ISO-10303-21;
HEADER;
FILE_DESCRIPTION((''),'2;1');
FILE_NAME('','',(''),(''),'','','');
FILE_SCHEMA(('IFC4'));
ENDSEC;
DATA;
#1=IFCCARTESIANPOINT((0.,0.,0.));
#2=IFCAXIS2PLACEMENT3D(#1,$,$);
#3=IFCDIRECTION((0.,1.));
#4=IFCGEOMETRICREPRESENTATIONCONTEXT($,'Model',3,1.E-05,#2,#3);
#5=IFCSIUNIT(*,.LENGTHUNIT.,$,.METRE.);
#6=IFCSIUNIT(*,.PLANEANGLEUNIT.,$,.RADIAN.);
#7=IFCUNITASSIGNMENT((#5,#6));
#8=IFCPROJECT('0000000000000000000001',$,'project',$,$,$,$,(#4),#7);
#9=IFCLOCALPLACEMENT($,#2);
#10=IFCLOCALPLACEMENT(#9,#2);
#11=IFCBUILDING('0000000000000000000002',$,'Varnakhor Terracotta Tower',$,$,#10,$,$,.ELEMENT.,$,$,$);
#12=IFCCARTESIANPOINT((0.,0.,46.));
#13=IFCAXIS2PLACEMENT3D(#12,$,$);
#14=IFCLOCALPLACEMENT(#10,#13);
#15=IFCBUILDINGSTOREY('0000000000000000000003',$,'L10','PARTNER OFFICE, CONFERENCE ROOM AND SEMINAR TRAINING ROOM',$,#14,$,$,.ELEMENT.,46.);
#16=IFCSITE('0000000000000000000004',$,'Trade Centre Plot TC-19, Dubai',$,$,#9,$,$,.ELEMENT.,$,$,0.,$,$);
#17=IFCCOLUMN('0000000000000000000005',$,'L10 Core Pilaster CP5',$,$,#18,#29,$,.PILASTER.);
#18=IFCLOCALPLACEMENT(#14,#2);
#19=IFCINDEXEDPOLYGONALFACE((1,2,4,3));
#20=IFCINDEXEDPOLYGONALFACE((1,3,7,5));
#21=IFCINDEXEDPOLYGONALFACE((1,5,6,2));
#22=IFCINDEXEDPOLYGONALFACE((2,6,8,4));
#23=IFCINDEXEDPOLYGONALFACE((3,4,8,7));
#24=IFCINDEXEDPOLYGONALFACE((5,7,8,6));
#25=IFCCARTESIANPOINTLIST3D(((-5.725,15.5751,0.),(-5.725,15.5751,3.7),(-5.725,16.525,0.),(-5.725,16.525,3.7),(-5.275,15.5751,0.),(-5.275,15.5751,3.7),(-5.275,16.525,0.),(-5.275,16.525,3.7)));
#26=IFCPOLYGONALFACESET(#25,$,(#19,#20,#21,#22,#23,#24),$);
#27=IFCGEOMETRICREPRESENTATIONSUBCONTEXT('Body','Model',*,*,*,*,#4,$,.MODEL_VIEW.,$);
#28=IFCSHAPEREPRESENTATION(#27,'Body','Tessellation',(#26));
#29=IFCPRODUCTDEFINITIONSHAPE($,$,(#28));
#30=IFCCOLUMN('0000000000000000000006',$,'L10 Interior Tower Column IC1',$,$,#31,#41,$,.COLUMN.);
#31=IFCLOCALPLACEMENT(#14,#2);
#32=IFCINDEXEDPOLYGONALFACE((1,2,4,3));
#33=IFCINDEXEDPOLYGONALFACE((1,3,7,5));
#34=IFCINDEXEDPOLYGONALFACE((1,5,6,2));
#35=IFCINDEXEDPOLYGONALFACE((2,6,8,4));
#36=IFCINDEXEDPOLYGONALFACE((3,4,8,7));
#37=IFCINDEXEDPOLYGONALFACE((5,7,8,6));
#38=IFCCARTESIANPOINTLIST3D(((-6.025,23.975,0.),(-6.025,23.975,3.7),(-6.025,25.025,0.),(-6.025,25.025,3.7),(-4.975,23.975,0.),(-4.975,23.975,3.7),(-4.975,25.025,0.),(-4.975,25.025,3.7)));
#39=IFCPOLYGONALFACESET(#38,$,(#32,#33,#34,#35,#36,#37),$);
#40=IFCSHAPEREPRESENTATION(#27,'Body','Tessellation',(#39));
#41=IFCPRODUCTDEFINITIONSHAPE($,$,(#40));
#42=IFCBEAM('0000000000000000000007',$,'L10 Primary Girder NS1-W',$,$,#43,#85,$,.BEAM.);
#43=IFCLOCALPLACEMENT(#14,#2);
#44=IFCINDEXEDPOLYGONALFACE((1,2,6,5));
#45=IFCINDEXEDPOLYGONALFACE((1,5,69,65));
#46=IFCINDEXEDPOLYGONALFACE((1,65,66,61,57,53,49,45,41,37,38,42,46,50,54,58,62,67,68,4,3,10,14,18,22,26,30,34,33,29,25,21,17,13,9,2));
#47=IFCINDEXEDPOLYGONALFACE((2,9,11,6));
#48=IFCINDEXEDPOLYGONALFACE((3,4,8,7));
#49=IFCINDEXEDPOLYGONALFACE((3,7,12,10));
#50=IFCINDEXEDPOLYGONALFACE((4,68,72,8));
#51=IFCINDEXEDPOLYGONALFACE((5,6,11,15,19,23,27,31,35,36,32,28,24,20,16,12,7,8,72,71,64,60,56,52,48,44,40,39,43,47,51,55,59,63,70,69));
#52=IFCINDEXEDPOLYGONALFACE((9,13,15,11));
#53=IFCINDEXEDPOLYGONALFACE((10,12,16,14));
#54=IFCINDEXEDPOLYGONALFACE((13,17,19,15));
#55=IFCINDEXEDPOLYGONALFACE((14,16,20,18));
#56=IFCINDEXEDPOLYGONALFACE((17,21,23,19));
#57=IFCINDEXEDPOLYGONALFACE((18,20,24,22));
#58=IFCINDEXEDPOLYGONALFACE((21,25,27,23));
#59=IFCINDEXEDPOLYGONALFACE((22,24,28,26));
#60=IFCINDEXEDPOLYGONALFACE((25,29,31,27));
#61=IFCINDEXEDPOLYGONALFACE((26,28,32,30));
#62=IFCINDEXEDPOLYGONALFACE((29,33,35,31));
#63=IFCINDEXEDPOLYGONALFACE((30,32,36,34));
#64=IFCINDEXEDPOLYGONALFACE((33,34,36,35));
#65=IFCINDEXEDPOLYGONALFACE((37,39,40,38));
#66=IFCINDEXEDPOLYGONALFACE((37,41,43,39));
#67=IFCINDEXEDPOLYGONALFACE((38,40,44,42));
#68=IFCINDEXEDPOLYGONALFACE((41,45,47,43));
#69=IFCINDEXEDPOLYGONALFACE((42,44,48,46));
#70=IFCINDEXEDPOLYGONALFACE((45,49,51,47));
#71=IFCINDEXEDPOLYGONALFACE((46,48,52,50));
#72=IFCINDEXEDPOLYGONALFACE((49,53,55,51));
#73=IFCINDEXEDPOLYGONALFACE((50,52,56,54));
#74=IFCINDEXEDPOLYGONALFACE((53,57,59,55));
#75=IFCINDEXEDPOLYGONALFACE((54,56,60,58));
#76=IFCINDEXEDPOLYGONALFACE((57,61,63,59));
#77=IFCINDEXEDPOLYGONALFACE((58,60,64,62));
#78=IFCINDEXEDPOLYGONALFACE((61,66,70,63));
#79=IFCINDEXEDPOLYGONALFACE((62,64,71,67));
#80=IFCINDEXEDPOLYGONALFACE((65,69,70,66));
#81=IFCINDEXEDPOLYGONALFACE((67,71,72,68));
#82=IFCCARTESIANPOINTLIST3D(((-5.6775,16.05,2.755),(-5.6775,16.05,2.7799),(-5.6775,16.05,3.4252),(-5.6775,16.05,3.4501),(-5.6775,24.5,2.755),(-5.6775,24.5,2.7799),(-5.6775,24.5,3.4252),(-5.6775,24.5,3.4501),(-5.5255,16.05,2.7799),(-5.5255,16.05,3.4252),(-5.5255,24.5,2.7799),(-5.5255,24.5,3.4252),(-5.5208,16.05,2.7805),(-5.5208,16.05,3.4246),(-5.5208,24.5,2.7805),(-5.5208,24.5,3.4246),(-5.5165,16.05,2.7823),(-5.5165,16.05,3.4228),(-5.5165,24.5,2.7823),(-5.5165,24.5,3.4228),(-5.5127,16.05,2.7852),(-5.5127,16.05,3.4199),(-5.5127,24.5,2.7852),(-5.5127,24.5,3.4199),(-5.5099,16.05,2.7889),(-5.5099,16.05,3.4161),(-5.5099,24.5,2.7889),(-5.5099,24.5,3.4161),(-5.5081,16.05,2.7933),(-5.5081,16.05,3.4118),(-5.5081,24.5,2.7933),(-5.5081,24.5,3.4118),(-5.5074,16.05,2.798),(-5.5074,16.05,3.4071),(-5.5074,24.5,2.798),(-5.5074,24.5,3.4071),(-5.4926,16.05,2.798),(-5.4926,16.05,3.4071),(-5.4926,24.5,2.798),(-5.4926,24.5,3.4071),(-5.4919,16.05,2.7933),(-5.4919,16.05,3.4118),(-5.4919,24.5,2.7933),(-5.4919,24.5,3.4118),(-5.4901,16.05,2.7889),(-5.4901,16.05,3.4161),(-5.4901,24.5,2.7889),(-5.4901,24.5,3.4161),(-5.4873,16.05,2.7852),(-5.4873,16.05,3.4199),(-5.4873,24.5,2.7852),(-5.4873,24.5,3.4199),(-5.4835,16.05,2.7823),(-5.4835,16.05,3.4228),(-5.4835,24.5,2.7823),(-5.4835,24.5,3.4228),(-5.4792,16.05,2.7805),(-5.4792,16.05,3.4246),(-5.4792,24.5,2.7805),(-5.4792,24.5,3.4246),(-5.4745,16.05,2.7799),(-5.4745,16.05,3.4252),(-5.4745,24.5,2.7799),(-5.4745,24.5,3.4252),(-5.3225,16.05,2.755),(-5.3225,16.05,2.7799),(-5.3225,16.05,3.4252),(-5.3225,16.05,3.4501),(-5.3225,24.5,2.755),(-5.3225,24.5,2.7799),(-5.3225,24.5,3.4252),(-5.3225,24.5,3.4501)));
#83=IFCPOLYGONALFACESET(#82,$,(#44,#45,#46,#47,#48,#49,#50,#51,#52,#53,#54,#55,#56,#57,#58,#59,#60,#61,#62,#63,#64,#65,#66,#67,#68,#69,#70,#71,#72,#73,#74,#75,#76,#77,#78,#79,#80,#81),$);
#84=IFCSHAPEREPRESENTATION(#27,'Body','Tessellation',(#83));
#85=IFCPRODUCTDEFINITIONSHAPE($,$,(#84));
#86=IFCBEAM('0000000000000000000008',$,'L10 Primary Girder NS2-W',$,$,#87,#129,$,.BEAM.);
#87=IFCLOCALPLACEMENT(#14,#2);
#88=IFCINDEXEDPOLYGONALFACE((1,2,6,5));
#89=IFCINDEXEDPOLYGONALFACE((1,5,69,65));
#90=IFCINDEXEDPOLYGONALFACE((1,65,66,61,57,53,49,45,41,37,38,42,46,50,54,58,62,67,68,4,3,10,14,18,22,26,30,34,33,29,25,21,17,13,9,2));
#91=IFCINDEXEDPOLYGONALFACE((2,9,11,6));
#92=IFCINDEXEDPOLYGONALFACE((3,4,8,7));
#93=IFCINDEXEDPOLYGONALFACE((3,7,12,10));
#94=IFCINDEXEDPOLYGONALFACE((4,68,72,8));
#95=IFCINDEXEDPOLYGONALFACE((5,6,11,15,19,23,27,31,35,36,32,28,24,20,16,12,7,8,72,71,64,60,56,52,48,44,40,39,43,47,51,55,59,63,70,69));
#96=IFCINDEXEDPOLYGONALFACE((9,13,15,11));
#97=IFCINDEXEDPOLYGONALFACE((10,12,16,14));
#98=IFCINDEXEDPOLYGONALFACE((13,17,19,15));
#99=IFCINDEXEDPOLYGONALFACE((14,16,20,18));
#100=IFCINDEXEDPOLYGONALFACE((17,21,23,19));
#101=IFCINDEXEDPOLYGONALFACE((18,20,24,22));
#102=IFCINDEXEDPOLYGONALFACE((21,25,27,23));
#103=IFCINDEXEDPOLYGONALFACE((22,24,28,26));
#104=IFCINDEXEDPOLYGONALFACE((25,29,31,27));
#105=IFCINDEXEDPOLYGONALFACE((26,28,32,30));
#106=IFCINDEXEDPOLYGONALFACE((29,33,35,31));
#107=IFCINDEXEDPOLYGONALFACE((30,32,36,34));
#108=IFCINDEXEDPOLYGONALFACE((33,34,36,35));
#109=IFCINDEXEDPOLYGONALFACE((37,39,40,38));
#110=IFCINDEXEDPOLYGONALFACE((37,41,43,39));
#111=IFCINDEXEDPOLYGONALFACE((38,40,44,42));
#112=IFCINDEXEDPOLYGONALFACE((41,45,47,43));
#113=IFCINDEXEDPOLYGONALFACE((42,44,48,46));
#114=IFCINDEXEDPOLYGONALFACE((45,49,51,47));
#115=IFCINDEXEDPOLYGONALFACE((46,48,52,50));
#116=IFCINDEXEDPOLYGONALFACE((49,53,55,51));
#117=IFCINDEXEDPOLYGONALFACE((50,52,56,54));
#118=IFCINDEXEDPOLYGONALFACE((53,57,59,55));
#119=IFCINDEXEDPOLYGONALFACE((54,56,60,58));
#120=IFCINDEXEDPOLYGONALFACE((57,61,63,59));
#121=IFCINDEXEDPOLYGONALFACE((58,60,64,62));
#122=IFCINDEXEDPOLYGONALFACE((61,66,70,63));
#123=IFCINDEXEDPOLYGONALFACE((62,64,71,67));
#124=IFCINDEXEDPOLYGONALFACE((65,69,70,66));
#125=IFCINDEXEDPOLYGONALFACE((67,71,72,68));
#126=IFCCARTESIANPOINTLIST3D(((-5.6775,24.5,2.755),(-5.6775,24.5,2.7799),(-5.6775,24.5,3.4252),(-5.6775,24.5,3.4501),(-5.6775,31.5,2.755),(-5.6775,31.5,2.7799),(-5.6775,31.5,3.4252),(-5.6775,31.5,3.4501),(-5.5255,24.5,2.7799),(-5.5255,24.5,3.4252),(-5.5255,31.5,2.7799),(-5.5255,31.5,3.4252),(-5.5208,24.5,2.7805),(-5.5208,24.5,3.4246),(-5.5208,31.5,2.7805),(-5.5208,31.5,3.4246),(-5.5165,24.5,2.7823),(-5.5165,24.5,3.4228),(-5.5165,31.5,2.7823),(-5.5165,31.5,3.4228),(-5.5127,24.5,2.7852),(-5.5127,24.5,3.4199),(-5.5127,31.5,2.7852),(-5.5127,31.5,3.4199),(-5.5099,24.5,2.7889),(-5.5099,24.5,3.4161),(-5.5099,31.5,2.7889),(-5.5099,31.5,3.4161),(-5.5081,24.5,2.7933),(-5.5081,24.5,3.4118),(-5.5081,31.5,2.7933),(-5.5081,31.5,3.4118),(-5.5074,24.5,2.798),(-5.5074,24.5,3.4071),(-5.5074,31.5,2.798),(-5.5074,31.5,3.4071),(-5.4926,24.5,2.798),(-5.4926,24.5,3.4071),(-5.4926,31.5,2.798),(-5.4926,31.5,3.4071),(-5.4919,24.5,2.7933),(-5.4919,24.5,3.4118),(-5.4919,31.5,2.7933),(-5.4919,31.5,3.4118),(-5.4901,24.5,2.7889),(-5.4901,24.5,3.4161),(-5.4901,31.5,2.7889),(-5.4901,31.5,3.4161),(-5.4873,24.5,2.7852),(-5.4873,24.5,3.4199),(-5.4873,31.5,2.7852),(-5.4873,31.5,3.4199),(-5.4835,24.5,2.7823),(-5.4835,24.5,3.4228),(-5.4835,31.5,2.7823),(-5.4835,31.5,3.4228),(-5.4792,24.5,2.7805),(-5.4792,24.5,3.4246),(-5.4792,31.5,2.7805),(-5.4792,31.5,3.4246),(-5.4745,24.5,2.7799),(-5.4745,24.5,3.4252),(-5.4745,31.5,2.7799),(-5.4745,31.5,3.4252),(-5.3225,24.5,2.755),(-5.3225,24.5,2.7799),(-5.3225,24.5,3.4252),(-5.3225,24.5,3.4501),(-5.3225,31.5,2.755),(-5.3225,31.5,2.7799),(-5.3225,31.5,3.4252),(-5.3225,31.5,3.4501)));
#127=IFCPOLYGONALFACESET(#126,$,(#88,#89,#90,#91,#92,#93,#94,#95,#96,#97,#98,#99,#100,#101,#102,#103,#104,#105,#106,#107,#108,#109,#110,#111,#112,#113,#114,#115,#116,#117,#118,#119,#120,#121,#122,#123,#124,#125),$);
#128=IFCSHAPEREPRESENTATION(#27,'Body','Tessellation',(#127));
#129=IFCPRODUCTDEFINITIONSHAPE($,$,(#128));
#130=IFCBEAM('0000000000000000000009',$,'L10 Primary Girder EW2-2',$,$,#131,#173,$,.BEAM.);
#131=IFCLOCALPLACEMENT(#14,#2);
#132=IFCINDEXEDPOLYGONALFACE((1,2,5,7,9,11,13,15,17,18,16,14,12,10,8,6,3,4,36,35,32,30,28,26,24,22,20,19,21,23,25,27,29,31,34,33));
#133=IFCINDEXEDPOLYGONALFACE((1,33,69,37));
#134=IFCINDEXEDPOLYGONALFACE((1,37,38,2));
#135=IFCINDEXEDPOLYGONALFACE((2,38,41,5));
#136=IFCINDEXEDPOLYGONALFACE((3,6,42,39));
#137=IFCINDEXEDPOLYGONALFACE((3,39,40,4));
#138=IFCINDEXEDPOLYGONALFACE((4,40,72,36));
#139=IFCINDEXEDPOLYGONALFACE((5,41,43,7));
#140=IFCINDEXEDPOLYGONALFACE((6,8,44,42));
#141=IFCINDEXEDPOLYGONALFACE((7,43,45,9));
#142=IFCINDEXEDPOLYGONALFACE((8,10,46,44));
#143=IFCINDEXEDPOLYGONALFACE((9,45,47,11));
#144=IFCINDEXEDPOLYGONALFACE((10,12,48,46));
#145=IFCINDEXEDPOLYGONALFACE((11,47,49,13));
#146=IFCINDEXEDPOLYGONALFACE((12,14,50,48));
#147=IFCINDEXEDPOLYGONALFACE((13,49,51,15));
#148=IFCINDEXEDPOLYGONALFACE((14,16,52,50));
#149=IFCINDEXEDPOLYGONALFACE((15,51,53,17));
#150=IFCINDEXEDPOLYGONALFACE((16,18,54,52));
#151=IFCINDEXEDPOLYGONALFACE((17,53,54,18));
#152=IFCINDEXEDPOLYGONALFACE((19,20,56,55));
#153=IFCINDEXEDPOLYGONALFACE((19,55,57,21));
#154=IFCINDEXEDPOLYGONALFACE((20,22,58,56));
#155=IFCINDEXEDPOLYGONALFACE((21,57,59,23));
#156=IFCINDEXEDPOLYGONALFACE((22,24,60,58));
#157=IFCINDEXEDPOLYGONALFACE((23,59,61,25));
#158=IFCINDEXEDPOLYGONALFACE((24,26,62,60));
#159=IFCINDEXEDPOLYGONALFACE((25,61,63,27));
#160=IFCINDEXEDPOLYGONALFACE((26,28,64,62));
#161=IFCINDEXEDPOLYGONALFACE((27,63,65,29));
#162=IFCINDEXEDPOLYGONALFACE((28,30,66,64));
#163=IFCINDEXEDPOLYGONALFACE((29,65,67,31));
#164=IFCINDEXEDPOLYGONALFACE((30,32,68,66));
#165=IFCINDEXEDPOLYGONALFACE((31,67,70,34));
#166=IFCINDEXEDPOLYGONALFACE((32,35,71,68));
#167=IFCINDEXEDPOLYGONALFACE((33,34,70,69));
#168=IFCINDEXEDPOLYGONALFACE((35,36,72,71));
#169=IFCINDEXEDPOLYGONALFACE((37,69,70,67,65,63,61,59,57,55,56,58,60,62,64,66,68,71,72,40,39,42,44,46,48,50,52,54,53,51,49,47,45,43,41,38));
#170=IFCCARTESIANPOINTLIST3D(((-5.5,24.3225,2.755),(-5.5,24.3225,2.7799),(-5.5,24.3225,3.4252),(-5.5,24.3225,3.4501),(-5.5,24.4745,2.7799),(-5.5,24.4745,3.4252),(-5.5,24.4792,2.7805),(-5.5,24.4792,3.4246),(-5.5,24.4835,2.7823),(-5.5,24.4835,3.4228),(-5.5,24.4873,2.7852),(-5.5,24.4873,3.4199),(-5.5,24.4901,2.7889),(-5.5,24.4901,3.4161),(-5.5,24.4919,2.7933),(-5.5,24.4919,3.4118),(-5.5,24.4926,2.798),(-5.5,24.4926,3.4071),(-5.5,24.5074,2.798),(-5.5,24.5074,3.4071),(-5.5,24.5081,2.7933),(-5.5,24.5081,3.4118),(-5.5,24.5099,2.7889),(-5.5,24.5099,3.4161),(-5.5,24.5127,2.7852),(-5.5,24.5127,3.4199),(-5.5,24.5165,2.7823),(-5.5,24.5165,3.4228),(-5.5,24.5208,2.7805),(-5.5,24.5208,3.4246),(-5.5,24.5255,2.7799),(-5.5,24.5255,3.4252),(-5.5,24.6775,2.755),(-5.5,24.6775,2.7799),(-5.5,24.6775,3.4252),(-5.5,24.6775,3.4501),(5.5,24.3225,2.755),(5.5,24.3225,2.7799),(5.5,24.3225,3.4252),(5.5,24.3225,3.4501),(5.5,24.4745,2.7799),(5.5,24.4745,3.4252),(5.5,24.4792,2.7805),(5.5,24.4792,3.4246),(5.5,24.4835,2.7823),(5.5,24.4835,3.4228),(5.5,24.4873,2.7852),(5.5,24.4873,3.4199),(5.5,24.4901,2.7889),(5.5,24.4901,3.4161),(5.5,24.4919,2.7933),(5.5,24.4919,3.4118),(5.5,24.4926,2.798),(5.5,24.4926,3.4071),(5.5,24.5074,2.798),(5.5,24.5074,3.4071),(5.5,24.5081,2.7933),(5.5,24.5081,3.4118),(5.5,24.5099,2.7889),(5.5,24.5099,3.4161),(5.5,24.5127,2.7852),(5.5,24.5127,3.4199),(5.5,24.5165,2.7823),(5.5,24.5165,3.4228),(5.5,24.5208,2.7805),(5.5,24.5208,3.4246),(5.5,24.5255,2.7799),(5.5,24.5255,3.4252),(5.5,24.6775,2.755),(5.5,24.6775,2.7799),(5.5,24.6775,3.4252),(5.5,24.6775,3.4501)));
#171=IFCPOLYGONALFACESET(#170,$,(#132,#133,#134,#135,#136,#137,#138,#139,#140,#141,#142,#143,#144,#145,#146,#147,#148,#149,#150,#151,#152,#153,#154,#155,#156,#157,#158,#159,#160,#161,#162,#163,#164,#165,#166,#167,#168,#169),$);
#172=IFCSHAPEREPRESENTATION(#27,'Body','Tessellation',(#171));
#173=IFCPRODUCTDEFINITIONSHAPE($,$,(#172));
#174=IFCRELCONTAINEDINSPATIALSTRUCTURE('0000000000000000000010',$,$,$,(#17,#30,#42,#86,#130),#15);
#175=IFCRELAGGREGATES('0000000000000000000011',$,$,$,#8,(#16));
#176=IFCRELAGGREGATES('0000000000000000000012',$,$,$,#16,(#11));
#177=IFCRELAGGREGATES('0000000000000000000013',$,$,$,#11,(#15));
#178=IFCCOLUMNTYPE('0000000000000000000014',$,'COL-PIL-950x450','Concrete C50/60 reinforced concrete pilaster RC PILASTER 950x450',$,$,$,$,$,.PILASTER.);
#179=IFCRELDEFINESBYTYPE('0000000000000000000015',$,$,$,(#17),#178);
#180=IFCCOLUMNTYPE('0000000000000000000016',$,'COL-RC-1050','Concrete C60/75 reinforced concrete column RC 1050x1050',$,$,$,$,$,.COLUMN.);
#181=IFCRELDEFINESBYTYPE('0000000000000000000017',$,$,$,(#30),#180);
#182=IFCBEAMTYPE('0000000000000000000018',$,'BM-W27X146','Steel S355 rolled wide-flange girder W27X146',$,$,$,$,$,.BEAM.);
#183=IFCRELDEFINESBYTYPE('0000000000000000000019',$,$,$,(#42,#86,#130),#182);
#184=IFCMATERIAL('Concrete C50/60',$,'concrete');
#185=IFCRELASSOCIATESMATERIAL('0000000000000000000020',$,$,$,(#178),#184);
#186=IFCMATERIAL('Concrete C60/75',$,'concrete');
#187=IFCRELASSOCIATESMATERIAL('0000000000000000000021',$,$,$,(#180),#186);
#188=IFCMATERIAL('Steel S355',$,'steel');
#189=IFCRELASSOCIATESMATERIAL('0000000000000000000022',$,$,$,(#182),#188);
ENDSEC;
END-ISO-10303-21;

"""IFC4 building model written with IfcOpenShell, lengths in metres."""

from ifc_helpers import new_model, si_unit, direction, frame, origin, origin_2d, place, context, subcontext, project, spatial, rectangle, i_section, extrude, source, transform, mapped, material, material_profile, profile_set, type_object, type_shapes, element, save


model = new_model("IFC4")

# Units and contexts
model_context = context("Model", 3, precision=1e-05, world=origin(), true_north=direction((0.0, 1.0)))
body_context = subcontext(model_context, "Body", "Model", "MODEL_VIEW")
ifc_project = project(units=[si_unit("LENGTHUNIT", "METRE"), si_unit("PLANEANGLEUNIT", "RADIAN")], contexts=[model_context])

# Site, building, storey
site_placement = place(None, origin())
site = spatial("IfcSite", under=ifc_project, at=site_placement, Name="Trade Centre Plot TC-19, Dubai", CompositionType="ELEMENT", RefElevation=0.0)
building_placement = place(site_placement, origin())
building = spatial("IfcBuilding", under=site, at=building_placement, Name="Varnakhor Terracotta Tower", CompositionType="ELEMENT")
storey_placement = place(building_placement, frame((0.0, 0.0, 46.0)))
storey = spatial("IfcBuildingStorey", under=building, at=storey_placement, Name="L10", Description="PARTNER OFFICE, CONFERENCE ROOM AND SEMINAR TRAINING ROOM", CompositionType="ELEMENT", Elevation=46.0)

# Columns
ifc_material_1 = material(Name="Concrete C50/60", Category="concrete")
ifc_material_profile_1 = material_profile(ifc_material_1, rectangle(XDim=0.45, YDim=0.95, at=origin_2d()), Name="RC PILASTER 950x450")
ifc_profile_set_1 = profile_set([ifc_material_profile_1], Name="Concrete C50/60")
column_type_1 = type_object("IfcColumnType", Name="COL-PIL-950x450", Description="Concrete C50/60 reinforced concrete pilaster RC PILASTER 950x450", PredefinedType="PILASTER", material=ifc_profile_set_1)
shared_shape_1 = source(origin(), body_context, "Body", "SweptSolid", [
    extrude(rectangle(XDim=0.45, YDim=0.95, at=origin_2d()), origin(), (0.0, 0.0, 1.0), 3.7),
])
column_1_placement = place(storey_placement, frame((-5.5, 16.05, 0.0), z_axis=(0.0, 0.0, 1.0), x_axis=(1.0, 0.0, 0.0)))
element("IfcColumn", 1, at=column_1_placement, inside=storey, type_object=column_type_1, Name="L10 Core Pilaster CP5", PredefinedType="PILASTER", context=body_context, shape_type="MappedRepresentation", body=[
    mapped(shared_shape_1, transform((0.0, 0.0, 0.0), scale=1.0)),
])
ifc_material_2 = material(Name="Concrete C60/75", Category="concrete")
ifc_material_profile_2 = material_profile(ifc_material_2, rectangle(XDim=1.05, YDim=1.05, at=origin_2d()), Name="RC 1050x1050")
ifc_profile_set_2 = profile_set([ifc_material_profile_2], Name="Concrete C60/75")
column_type_2 = type_object("IfcColumnType", Name="COL-RC-1050", Description="Concrete C60/75 reinforced concrete column RC 1050x1050", PredefinedType="COLUMN", material=ifc_profile_set_2)
shared_shape_2 = source(origin(), body_context, "Body", "SweptSolid", [
    extrude(rectangle(XDim=1.05, YDim=1.05, at=origin_2d()), origin(), (0.0, 0.0, 1.0), 3.7),
])
column_2_placement = place(storey_placement, frame((-5.5, 24.5, 0.0), z_axis=(0.0, 0.0, 1.0), x_axis=(1.0, 0.0, 0.0)))
element("IfcColumn", 2, at=column_2_placement, inside=storey, type_object=column_type_2, Name="L10 Interior Tower Column IC1", PredefinedType="COLUMN", context=body_context, shape_type="MappedRepresentation", body=[
    mapped(shared_shape_2, transform((0.0, 0.0, 0.0), scale=1.0)),
])

# Beams
ifc_material_3 = material(Name="Steel S355", Category="steel")
ifc_material_profile_3 = material_profile(ifc_material_3, i_section(OverallWidth=0.355, OverallDepth=0.6951, WebThickness=0.0149, FlangeThickness=0.0249, FilletRadius=0.0181, at=origin_2d()), Name="W27X146")
ifc_profile_set_3 = profile_set([ifc_material_profile_3], Name="Steel S355")
beam_type_1 = type_object("IfcBeamType", Name="BM-W27X146", Description="Steel S355 rolled wide-flange girder W27X146", PredefinedType="BEAM", material=ifc_profile_set_3)
shared_shape_3 = source(origin(), body_context, "Body", "SweptSolid", [
    extrude(i_section(OverallWidth=0.355, OverallDepth=0.6951, WebThickness=0.0149, FlangeThickness=0.0249, FilletRadius=0.0181, at=origin_2d()), origin(), (0.0, 0.0, 1.0), 8.45),
])
type_shapes(beam_type_1, [shared_shape_3])
beam_1_placement = place(storey_placement, frame((-5.5, 16.05, 3.1025), z_axis=(0.0, 1.0, 0.0), x_axis=(-1.0, 0.0, 0.0)))
element("IfcBeam", 3, at=beam_1_placement, inside=storey, type_object=beam_type_1, Name="L10 Primary Girder NS1-W", PredefinedType="BEAM", context=body_context, shape_type="MappedRepresentation", body=[
    mapped(shared_shape_3, transform((0.0, 0.0, 0.0), scale=1.0)),
])
shared_shape_4 = source(origin(), body_context, "Body", "SweptSolid", [
    extrude(i_section(OverallWidth=0.355, OverallDepth=0.6951, WebThickness=0.0149, FlangeThickness=0.0249, FilletRadius=0.0181, at=origin_2d()), origin(), (0.0, 0.0, 1.0), 7.0),
])
beam_2_placement = place(storey_placement, frame((-5.5, 24.5, 3.1025), z_axis=(0.0, 1.0, 0.0), x_axis=(-1.0, 0.0, 0.0)))
element("IfcBeam", 4, at=beam_2_placement, inside=storey, type_object=beam_type_1, Name="L10 Primary Girder NS2-W", PredefinedType="BEAM", context=body_context, shape_type="MappedRepresentation", body=[
    mapped(shared_shape_4, transform((0.0, 0.0, 0.0), scale=1.0)),
])
shared_shape_5 = source(origin(), body_context, "Body", "SweptSolid", [
    extrude(i_section(OverallWidth=0.355, OverallDepth=0.6951, WebThickness=0.0149, FlangeThickness=0.0249, FilletRadius=0.0181, at=origin_2d()), origin(), (0.0, 0.0, 1.0), 11.0),
])
beam_3_placement = place(storey_placement, frame((-5.5, 24.5, 3.1025), z_axis=(1.0, 0.0, 0.0), x_axis=(0.0, 1.0, 0.0)))
element("IfcBeam", 5, at=beam_3_placement, inside=storey, type_object=beam_type_1, Name="L10 Primary Girder EW2-2", PredefinedType="BEAM", context=body_context, shape_type="MappedRepresentation", body=[
    mapped(shared_shape_5, transform((0.0, 0.0, 0.0), scale=1.0)),
])

save(model, "model.ifc")
